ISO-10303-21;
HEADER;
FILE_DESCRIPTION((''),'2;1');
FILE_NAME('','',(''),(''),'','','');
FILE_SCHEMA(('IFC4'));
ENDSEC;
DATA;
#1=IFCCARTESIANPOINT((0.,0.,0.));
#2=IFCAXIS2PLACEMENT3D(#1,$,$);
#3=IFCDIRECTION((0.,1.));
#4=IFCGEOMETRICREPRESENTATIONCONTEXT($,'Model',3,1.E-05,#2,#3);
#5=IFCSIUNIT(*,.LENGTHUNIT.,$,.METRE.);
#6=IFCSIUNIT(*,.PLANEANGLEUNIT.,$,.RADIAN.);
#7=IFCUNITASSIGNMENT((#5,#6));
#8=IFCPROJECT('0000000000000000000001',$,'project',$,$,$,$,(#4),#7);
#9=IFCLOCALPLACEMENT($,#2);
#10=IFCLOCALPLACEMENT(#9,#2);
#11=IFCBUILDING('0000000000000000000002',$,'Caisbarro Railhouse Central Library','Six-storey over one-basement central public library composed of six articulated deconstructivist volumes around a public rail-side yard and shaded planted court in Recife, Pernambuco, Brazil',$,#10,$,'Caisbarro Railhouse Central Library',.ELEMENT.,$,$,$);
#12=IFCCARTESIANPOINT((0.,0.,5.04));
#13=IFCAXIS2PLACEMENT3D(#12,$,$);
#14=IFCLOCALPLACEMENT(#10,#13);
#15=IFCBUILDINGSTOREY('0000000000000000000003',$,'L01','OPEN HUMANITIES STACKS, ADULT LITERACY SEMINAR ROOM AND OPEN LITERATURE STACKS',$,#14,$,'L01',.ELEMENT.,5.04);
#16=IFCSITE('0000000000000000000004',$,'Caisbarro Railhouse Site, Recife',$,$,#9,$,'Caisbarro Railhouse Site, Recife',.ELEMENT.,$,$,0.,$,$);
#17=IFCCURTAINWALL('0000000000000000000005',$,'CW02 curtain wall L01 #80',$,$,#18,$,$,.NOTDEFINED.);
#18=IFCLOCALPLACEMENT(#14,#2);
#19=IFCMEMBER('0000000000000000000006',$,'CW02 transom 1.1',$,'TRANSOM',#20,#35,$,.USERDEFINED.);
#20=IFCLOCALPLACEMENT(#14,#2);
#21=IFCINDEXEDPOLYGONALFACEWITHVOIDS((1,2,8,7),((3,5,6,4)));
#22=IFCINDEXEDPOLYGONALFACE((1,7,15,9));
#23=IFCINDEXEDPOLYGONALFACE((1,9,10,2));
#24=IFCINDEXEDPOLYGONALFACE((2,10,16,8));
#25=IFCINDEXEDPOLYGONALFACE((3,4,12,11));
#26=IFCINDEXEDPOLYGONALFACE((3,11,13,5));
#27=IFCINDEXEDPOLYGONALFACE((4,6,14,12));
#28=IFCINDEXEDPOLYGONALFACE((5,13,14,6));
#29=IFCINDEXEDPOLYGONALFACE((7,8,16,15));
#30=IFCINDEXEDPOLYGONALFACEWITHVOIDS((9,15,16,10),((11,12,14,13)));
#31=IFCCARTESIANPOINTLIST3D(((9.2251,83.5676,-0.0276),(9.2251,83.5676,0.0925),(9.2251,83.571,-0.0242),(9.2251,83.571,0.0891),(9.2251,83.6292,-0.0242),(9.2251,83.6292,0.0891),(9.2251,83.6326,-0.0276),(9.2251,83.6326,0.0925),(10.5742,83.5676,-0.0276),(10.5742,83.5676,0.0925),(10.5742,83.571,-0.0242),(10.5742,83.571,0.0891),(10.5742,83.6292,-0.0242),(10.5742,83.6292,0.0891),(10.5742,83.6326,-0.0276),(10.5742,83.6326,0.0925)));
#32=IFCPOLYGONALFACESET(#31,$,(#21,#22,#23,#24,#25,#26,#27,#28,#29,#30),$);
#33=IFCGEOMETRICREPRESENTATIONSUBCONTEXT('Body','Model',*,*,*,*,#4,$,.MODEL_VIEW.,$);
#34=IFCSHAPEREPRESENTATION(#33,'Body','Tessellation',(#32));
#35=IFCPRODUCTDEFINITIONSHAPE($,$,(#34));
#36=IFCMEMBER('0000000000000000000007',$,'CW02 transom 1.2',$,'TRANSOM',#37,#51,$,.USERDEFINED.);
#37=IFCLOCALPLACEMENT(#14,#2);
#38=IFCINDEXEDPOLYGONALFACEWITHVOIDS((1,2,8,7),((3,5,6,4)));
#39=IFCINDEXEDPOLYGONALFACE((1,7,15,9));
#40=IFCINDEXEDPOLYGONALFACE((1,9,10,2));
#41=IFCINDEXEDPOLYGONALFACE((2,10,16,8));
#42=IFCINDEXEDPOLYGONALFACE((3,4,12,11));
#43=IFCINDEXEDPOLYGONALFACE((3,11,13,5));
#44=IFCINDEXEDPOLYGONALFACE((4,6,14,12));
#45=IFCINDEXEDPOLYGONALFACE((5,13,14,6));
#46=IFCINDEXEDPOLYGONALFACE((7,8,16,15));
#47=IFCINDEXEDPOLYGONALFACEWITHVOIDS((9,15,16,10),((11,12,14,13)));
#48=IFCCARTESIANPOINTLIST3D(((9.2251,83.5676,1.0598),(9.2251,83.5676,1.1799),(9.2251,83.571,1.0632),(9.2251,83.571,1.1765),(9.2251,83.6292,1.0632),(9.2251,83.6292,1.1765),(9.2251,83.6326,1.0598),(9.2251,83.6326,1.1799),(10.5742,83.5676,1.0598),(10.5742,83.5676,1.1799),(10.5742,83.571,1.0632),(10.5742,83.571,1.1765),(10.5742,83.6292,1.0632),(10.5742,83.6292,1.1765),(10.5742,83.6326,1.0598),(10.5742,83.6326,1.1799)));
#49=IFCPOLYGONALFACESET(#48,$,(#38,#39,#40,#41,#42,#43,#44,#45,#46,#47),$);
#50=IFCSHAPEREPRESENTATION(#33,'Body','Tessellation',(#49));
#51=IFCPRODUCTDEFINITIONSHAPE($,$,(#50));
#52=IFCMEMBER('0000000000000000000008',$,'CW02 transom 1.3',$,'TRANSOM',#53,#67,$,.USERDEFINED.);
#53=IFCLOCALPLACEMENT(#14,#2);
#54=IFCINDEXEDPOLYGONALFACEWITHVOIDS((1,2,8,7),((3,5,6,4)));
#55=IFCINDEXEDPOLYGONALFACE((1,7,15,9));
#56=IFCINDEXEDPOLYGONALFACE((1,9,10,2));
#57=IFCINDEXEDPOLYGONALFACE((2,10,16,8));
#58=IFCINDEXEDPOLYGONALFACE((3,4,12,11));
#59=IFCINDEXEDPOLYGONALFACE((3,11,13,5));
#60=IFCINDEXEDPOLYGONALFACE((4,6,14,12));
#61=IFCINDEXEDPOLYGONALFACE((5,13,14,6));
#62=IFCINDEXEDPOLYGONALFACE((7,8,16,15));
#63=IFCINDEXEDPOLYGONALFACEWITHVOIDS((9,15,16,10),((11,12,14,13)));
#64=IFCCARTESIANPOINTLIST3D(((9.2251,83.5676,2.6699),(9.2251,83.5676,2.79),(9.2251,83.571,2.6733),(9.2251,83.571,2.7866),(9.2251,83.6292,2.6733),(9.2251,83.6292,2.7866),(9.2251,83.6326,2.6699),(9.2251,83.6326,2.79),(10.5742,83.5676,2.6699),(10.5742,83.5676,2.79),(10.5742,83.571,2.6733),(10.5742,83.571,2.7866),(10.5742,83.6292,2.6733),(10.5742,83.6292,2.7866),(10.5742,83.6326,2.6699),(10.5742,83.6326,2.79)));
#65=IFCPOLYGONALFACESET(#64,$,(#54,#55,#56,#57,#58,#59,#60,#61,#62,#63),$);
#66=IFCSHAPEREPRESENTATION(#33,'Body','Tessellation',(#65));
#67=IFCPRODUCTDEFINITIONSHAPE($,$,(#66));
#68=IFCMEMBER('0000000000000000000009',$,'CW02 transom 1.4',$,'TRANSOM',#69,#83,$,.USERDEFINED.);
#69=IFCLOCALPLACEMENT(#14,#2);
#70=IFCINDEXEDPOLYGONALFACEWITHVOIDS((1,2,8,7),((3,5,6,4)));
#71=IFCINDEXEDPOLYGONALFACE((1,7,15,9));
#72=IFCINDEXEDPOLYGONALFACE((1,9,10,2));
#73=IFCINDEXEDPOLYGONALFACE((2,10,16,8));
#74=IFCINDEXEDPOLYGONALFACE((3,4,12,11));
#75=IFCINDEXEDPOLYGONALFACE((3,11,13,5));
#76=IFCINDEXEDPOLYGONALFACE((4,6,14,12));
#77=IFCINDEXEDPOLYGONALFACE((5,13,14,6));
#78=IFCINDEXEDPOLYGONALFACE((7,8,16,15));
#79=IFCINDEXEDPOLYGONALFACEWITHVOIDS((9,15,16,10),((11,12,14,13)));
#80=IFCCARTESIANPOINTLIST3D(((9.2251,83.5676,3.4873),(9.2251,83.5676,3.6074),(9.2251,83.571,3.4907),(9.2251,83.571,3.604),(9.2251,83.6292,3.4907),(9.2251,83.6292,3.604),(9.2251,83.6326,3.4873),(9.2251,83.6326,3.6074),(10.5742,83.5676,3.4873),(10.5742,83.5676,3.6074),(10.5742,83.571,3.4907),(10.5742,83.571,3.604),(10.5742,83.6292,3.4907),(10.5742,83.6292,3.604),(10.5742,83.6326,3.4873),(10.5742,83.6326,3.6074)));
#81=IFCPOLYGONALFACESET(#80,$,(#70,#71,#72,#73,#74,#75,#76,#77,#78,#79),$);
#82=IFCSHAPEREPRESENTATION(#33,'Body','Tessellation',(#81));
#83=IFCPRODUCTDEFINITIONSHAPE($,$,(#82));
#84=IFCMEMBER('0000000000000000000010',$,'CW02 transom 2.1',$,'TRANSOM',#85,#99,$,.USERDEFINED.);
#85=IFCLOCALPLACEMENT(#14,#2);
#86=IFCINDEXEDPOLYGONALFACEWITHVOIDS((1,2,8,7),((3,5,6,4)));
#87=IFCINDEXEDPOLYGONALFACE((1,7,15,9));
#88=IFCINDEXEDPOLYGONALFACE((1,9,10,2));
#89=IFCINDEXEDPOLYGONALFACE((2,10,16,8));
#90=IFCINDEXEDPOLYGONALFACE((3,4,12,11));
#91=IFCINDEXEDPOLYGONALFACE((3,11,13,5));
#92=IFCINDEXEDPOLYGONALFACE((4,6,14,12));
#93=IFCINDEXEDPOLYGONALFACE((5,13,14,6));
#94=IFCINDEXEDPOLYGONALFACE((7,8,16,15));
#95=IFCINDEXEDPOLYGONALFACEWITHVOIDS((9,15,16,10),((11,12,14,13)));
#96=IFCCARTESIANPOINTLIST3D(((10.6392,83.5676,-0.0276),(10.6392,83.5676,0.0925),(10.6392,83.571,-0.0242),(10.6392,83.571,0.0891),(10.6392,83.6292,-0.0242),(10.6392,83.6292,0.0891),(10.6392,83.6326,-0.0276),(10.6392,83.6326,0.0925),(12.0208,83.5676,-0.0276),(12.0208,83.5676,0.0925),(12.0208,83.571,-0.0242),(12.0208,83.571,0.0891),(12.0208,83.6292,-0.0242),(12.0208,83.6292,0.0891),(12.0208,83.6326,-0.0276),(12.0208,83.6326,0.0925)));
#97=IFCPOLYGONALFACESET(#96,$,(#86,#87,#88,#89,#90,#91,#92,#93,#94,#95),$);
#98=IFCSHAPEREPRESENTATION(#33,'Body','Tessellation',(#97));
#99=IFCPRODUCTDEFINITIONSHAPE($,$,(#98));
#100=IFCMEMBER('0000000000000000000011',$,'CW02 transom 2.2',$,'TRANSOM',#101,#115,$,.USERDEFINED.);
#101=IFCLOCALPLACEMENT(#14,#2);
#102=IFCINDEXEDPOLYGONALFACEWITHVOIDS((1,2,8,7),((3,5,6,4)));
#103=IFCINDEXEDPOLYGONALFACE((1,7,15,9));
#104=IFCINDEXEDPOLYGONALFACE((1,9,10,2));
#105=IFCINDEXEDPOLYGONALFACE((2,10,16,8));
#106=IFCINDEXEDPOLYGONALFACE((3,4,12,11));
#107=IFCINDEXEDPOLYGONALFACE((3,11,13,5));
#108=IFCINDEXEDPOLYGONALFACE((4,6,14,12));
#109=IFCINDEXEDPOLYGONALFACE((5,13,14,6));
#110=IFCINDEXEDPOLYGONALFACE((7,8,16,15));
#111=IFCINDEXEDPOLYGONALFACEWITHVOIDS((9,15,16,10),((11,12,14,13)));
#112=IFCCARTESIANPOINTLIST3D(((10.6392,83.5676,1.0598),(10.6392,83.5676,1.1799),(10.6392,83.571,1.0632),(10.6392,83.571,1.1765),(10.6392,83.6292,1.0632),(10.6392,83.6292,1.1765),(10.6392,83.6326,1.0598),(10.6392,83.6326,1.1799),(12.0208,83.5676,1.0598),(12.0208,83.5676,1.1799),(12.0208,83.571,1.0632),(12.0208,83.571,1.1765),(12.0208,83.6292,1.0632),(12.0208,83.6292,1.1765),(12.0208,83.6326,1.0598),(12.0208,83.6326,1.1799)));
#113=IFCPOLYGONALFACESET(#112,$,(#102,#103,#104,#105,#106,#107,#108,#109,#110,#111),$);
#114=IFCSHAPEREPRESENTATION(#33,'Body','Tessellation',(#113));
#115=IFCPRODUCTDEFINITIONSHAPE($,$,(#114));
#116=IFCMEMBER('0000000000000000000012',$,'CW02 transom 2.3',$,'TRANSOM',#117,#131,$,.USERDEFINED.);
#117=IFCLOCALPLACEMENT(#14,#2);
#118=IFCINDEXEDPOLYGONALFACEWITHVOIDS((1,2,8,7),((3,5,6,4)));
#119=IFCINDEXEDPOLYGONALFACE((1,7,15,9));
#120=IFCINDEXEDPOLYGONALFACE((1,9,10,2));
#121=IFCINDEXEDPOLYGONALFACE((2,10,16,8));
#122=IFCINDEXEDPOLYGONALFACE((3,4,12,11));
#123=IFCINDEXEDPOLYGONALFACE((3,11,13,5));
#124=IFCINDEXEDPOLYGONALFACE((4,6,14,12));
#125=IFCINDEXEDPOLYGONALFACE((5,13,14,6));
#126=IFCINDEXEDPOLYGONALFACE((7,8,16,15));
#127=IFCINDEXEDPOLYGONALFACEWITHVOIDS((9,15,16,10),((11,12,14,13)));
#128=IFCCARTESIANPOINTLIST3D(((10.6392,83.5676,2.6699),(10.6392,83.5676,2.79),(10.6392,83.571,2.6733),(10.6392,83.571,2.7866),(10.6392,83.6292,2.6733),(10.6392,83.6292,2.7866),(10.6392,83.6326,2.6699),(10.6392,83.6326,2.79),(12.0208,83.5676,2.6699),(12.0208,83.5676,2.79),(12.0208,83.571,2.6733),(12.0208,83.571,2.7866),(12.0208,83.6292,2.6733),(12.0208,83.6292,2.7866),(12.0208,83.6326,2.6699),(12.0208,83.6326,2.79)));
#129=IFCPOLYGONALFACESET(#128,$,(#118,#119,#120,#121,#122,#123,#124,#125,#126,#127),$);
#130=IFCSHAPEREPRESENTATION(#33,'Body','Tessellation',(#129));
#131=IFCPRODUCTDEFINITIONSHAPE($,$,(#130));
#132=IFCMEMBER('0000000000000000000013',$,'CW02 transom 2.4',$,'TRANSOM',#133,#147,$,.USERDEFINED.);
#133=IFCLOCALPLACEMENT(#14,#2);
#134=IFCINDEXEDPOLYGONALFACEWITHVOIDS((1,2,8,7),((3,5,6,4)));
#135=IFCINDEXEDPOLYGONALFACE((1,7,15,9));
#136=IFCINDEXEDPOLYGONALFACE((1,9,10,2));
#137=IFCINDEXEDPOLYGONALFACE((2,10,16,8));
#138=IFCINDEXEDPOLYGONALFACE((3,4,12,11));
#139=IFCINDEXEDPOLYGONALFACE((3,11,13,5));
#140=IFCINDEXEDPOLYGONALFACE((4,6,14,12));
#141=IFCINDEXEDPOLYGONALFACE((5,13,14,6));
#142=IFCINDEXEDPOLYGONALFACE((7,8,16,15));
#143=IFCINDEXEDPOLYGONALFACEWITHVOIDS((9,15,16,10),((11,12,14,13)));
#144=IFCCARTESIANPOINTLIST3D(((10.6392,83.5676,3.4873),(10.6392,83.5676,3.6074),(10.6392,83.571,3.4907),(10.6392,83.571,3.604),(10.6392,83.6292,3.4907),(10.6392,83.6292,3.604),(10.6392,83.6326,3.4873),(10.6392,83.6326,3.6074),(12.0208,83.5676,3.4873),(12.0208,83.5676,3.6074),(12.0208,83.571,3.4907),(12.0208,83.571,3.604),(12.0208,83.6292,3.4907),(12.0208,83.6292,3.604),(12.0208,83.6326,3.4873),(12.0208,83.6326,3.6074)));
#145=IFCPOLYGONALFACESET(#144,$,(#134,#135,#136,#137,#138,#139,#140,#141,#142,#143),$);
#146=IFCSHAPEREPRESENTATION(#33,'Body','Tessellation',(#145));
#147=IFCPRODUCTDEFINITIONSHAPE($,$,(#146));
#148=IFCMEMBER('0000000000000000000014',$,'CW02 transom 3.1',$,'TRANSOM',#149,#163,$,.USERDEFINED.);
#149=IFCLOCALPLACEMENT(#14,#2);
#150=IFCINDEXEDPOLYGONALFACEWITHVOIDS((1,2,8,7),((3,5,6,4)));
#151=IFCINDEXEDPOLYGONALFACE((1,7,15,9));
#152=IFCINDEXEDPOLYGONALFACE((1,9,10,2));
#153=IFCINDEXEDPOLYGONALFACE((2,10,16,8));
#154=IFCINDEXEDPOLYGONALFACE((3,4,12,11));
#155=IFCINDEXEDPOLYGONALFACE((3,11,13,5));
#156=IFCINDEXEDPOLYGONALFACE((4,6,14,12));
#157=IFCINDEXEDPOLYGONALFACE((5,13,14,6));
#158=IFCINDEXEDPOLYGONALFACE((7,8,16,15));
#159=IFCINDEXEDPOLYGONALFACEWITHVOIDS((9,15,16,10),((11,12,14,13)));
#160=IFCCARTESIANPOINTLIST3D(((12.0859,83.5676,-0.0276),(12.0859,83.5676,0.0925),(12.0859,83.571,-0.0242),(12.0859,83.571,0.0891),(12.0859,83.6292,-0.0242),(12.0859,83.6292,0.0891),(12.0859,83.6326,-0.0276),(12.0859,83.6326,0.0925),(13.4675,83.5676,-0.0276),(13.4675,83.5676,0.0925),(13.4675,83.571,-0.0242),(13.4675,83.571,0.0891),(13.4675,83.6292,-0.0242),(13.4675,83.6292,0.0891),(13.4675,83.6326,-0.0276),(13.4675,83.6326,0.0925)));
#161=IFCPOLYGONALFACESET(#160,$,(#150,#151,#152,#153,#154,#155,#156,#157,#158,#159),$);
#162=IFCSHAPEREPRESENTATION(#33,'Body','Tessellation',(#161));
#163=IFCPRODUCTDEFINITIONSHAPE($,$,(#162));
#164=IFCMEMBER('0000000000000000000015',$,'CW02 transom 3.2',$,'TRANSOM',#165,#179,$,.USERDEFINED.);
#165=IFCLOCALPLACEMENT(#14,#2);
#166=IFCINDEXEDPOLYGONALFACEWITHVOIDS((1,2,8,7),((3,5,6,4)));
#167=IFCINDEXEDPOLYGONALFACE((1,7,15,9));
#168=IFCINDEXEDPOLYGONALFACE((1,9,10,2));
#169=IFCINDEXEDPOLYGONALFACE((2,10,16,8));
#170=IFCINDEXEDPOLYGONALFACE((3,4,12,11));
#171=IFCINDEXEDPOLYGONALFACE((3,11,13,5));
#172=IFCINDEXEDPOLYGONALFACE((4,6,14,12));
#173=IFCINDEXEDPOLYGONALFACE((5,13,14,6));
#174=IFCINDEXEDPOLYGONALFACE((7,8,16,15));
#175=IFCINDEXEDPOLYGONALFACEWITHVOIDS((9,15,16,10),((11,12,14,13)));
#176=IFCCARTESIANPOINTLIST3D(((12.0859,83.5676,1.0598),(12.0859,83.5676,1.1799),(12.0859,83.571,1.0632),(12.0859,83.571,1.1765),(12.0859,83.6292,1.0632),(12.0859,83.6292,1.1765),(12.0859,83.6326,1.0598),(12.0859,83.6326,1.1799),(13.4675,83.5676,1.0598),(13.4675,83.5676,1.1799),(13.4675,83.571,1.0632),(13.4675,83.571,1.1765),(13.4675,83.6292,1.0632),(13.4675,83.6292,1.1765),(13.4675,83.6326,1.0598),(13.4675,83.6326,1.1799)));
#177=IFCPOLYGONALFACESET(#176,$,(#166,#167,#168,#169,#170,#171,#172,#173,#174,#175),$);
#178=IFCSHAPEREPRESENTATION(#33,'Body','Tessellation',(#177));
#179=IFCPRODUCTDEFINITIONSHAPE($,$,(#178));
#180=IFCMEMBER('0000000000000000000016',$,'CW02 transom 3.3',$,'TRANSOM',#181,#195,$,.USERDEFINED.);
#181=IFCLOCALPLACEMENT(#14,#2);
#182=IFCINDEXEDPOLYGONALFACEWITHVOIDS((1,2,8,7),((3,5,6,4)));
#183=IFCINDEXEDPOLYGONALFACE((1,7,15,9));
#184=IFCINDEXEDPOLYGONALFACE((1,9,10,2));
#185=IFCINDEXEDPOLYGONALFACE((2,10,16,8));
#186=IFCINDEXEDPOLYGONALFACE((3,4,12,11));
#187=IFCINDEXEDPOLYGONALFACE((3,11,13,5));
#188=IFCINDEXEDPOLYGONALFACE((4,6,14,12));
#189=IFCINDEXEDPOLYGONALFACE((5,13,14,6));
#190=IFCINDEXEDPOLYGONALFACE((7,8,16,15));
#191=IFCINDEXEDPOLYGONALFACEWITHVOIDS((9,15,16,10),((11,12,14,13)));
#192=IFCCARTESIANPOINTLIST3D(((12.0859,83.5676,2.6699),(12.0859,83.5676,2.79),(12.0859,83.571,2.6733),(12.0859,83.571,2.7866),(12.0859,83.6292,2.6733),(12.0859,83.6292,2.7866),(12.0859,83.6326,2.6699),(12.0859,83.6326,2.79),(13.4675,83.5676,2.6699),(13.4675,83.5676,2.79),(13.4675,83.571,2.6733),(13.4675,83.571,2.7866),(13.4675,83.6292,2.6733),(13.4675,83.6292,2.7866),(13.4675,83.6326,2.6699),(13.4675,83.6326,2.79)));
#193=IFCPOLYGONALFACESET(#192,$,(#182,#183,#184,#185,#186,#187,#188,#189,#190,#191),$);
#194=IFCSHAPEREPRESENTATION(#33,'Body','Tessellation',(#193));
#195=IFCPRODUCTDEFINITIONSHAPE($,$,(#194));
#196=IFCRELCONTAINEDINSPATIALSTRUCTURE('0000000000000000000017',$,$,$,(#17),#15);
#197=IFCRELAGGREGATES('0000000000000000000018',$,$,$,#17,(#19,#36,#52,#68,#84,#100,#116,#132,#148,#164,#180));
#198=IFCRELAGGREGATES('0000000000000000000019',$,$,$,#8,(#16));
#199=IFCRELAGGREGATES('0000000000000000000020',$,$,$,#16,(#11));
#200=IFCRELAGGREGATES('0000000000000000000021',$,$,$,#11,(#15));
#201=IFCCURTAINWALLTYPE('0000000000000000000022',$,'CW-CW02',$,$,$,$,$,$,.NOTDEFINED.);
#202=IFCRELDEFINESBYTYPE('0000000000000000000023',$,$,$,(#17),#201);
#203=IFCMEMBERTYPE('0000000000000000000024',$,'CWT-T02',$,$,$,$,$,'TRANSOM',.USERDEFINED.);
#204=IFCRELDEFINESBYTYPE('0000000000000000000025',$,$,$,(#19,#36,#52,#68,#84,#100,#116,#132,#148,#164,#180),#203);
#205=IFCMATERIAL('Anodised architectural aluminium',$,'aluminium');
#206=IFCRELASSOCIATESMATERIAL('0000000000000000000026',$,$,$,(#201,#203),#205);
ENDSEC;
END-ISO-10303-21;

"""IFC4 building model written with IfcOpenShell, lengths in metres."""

from ifc_helpers import new_model, si_unit, direction, frame, origin, origin_2d, place, context, subcontext, project, spatial, hollow_rectangle, extrude, material, material_profile, profile_set, type_object, element, aggregate, save


model = new_model("IFC4")

# Units and contexts
model_context = context("Model", 3, precision=1e-05, world=origin(), true_north=direction((0.0, 1.0)))
body_context = subcontext(model_context, "Body", "Model", "MODEL_VIEW")
ifc_project = project(units=[si_unit("LENGTHUNIT", "METRE"), si_unit("PLANEANGLEUNIT", "RADIAN")], contexts=[model_context])

# Site, building, storey
site_placement = place(None, origin())
site = spatial("IfcSite", under=ifc_project, at=site_placement, Name="Caisbarro Railhouse Site, Recife", LongName="Caisbarro Railhouse Site, Recife", CompositionType="ELEMENT", RefElevation=0.0)
building_placement = place(site_placement, origin())
building = spatial("IfcBuilding", under=site, at=building_placement, Name="Caisbarro Railhouse Central Library", Description="Six-storey over one-basement central public library composed of six articulated deconstructivist volumes around a public rail-side yard and shaded planted court in Recife, Pernambuco, Brazil", LongName="Caisbarro Railhouse Central Library", CompositionType="ELEMENT")
storey_placement = place(building_placement, frame((0.0, 0.0, 5.04)))
storey = spatial("IfcBuildingStorey", under=building, at=storey_placement, Name="L01", Description="OPEN HUMANITIES STACKS, ADULT LITERACY SEMINAR ROOM AND OPEN LITERATURE STACKS", LongName="L01", CompositionType="ELEMENT", Elevation=5.04)

# Shared definitions
ifc_material_1 = material(Name="Anodised architectural aluminium", Category="aluminium")
curtain_wall_type = type_object("IfcCurtainWallType", Name="CW-CW02", PredefinedType="NOTDEFINED", material=ifc_material_1)

# Curtain wall, members
curtain_wall_1_placement = place(storey_placement, origin())
curtain_wall_1 = element("IfcCurtainWall", 1, at=curtain_wall_1_placement, inside=storey, type_object=curtain_wall_type, Name="CW02 curtain wall L01 #80", PredefinedType="NOTDEFINED")
ifc_material_profile_1 = material_profile(ifc_material_1, hollow_rectangle(XDim=0.0649, YDim=0.1201, WallThickness=0.0034, at=origin_2d()), Name="ALU-TRN-65X120")
ifc_profile_set_1 = profile_set([ifc_material_profile_1], Name="Anodised architectural aluminium")
member_type_1 = type_object("IfcMemberType", Name="CWT-T02", ElementType="TRANSOM", PredefinedType="USERDEFINED", material=ifc_profile_set_1)
member_1_placement = place(storey_placement, frame((9.2251, 83.6001, 0.0325), z_axis=(1.0, 0.0, 0.0), x_axis=(0.0, 1.0, 0.0)))
member_1 = element("IfcMember", 2, at=member_1_placement, type_object=member_type_1, Name="CW02 transom 1.1", ObjectType="TRANSOM", PredefinedType="USERDEFINED", context=body_context, shape_type="SweptSolid", body=[
    extrude(hollow_rectangle(XDim=0.0649, YDim=0.1201, WallThickness=0.0034, at=origin_2d()), origin(), (0.0, 0.0, 1.0), 1.3491),
])
member_2_placement = place(storey_placement, frame((9.2251, 83.6001, 1.1199), z_axis=(1.0, 0.0, 0.0), x_axis=(0.0, 1.0, 0.0)))
member_2 = element("IfcMember", 3, at=member_2_placement, type_object=member_type_1, Name="CW02 transom 1.2", ObjectType="TRANSOM", PredefinedType="USERDEFINED", context=body_context, shape_type="SweptSolid", body=[
    extrude(hollow_rectangle(XDim=0.0649, YDim=0.1201, WallThickness=0.0034, at=origin_2d()), origin(), (0.0, 0.0, 1.0), 1.3491),
])
member_3_placement = place(storey_placement, frame((9.2251, 83.6001, 2.73), z_axis=(1.0, 0.0, 0.0), x_axis=(0.0, 1.0, 0.0)))
member_3 = element("IfcMember", 4, at=member_3_placement, type_object=member_type_1, Name="CW02 transom 1.3", ObjectType="TRANSOM", PredefinedType="USERDEFINED", context=body_context, shape_type="SweptSolid", body=[
    extrude(hollow_rectangle(XDim=0.0649, YDim=0.1201, WallThickness=0.0034, at=origin_2d()), origin(), (0.0, 0.0, 1.0), 1.3491),
])
member_4_placement = place(storey_placement, frame((9.2251, 83.6001, 3.5474), z_axis=(1.0, 0.0, 0.0), x_axis=(0.0, 1.0, 0.0)))
member_4 = element("IfcMember", 5, at=member_4_placement, type_object=member_type_1, Name="CW02 transom 1.4", ObjectType="TRANSOM", PredefinedType="USERDEFINED", context=body_context, shape_type="SweptSolid", body=[
    extrude(hollow_rectangle(XDim=0.0649, YDim=0.1201, WallThickness=0.0034, at=origin_2d()), origin(), (0.0, 0.0, 1.0), 1.3491),
])
member_5_placement = place(storey_placement, frame((10.6392, 83.6001, 0.0325), z_axis=(1.0, 0.0, 0.0), x_axis=(0.0, 1.0, 0.0)))
member_5 = element("IfcMember", 6, at=member_5_placement, type_object=member_type_1, Name="CW02 transom 2.1", ObjectType="TRANSOM", PredefinedType="USERDEFINED", context=body_context, shape_type="SweptSolid", body=[
    extrude(hollow_rectangle(XDim=0.0649, YDim=0.1201, WallThickness=0.0034, at=origin_2d()), origin(), (0.0, 0.0, 1.0), 1.3816),
])
member_6_placement = place(storey_placement, frame((10.6392, 83.6001, 1.1199), z_axis=(1.0, 0.0, 0.0), x_axis=(0.0, 1.0, 0.0)))
member_6 = element("IfcMember", 7, at=member_6_placement, type_object=member_type_1, Name="CW02 transom 2.2", ObjectType="TRANSOM", PredefinedType="USERDEFINED", context=body_context, shape_type="SweptSolid", body=[
    extrude(hollow_rectangle(XDim=0.0649, YDim=0.1201, WallThickness=0.0034, at=origin_2d()), origin(), (0.0, 0.0, 1.0), 1.3816),
])
member_7_placement = place(storey_placement, frame((10.6392, 83.6001, 2.73), z_axis=(1.0, 0.0, 0.0), x_axis=(0.0, 1.0, 0.0)))
member_7 = element("IfcMember", 8, at=member_7_placement, type_object=member_type_1, Name="CW02 transom 2.3", ObjectType="TRANSOM", PredefinedType="USERDEFINED", context=body_context, shape_type="SweptSolid", body=[
    extrude(hollow_rectangle(XDim=0.0649, YDim=0.1201, WallThickness=0.0034, at=origin_2d()), origin(), (0.0, 0.0, 1.0), 1.3816),
])
member_8_placement = place(storey_placement, frame((10.6392, 83.6001, 3.5474), z_axis=(1.0, 0.0, 0.0), x_axis=(0.0, 1.0, 0.0)))
member_8 = element("IfcMember", 9, at=member_8_placement, type_object=member_type_1, Name="CW02 transom 2.4", ObjectType="TRANSOM", PredefinedType="USERDEFINED", context=body_context, shape_type="SweptSolid", body=[
    extrude(hollow_rectangle(XDim=0.0649, YDim=0.1201, WallThickness=0.0034, at=origin_2d()), origin(), (0.0, 0.0, 1.0), 1.3816),
])
member_9_placement = place(storey_placement, frame((12.0859, 83.6001, 0.0325), z_axis=(1.0, 0.0, 0.0), x_axis=(0.0, 1.0, 0.0)))
member_9 = element("IfcMember", 10, at=member_9_placement, type_object=member_type_1, Name="CW02 transom 3.1", ObjectType="TRANSOM", PredefinedType="USERDEFINED", context=body_context, shape_type="SweptSolid", body=[
    extrude(hollow_rectangle(XDim=0.0649, YDim=0.1201, WallThickness=0.0034, at=origin_2d()), origin(), (0.0, 0.0, 1.0), 1.3816),
])
member_10_placement = place(storey_placement, frame((12.0859, 83.6001, 1.1199), z_axis=(1.0, 0.0, 0.0), x_axis=(0.0, 1.0, 0.0)))
member_10 = element("IfcMember", 11, at=member_10_placement, type_object=member_type_1, Name="CW02 transom 3.2", ObjectType="TRANSOM", PredefinedType="USERDEFINED", context=body_context, shape_type="SweptSolid", body=[
    extrude(hollow_rectangle(XDim=0.0649, YDim=0.1201, WallThickness=0.0034, at=origin_2d()), origin(), (0.0, 0.0, 1.0), 1.3816),
])
member_11_placement = place(storey_placement, frame((12.0859, 83.6001, 2.73), z_axis=(1.0, 0.0, 0.0), x_axis=(0.0, 1.0, 0.0)))
member_11 = element("IfcMember", 12, at=member_11_placement, type_object=member_type_1, Name="CW02 transom 3.3", ObjectType="TRANSOM", PredefinedType="USERDEFINED", context=body_context, shape_type="SweptSolid", body=[
    extrude(hollow_rectangle(XDim=0.0649, YDim=0.1201, WallThickness=0.0034, at=origin_2d()), origin(), (0.0, 0.0, 1.0), 1.3816),
])

aggregate(curtain_wall_1, [member_1, member_2, member_3, member_4, member_5, member_6, member_7, member_8, member_9, member_10, member_11])

save(model, "model.ifc")
